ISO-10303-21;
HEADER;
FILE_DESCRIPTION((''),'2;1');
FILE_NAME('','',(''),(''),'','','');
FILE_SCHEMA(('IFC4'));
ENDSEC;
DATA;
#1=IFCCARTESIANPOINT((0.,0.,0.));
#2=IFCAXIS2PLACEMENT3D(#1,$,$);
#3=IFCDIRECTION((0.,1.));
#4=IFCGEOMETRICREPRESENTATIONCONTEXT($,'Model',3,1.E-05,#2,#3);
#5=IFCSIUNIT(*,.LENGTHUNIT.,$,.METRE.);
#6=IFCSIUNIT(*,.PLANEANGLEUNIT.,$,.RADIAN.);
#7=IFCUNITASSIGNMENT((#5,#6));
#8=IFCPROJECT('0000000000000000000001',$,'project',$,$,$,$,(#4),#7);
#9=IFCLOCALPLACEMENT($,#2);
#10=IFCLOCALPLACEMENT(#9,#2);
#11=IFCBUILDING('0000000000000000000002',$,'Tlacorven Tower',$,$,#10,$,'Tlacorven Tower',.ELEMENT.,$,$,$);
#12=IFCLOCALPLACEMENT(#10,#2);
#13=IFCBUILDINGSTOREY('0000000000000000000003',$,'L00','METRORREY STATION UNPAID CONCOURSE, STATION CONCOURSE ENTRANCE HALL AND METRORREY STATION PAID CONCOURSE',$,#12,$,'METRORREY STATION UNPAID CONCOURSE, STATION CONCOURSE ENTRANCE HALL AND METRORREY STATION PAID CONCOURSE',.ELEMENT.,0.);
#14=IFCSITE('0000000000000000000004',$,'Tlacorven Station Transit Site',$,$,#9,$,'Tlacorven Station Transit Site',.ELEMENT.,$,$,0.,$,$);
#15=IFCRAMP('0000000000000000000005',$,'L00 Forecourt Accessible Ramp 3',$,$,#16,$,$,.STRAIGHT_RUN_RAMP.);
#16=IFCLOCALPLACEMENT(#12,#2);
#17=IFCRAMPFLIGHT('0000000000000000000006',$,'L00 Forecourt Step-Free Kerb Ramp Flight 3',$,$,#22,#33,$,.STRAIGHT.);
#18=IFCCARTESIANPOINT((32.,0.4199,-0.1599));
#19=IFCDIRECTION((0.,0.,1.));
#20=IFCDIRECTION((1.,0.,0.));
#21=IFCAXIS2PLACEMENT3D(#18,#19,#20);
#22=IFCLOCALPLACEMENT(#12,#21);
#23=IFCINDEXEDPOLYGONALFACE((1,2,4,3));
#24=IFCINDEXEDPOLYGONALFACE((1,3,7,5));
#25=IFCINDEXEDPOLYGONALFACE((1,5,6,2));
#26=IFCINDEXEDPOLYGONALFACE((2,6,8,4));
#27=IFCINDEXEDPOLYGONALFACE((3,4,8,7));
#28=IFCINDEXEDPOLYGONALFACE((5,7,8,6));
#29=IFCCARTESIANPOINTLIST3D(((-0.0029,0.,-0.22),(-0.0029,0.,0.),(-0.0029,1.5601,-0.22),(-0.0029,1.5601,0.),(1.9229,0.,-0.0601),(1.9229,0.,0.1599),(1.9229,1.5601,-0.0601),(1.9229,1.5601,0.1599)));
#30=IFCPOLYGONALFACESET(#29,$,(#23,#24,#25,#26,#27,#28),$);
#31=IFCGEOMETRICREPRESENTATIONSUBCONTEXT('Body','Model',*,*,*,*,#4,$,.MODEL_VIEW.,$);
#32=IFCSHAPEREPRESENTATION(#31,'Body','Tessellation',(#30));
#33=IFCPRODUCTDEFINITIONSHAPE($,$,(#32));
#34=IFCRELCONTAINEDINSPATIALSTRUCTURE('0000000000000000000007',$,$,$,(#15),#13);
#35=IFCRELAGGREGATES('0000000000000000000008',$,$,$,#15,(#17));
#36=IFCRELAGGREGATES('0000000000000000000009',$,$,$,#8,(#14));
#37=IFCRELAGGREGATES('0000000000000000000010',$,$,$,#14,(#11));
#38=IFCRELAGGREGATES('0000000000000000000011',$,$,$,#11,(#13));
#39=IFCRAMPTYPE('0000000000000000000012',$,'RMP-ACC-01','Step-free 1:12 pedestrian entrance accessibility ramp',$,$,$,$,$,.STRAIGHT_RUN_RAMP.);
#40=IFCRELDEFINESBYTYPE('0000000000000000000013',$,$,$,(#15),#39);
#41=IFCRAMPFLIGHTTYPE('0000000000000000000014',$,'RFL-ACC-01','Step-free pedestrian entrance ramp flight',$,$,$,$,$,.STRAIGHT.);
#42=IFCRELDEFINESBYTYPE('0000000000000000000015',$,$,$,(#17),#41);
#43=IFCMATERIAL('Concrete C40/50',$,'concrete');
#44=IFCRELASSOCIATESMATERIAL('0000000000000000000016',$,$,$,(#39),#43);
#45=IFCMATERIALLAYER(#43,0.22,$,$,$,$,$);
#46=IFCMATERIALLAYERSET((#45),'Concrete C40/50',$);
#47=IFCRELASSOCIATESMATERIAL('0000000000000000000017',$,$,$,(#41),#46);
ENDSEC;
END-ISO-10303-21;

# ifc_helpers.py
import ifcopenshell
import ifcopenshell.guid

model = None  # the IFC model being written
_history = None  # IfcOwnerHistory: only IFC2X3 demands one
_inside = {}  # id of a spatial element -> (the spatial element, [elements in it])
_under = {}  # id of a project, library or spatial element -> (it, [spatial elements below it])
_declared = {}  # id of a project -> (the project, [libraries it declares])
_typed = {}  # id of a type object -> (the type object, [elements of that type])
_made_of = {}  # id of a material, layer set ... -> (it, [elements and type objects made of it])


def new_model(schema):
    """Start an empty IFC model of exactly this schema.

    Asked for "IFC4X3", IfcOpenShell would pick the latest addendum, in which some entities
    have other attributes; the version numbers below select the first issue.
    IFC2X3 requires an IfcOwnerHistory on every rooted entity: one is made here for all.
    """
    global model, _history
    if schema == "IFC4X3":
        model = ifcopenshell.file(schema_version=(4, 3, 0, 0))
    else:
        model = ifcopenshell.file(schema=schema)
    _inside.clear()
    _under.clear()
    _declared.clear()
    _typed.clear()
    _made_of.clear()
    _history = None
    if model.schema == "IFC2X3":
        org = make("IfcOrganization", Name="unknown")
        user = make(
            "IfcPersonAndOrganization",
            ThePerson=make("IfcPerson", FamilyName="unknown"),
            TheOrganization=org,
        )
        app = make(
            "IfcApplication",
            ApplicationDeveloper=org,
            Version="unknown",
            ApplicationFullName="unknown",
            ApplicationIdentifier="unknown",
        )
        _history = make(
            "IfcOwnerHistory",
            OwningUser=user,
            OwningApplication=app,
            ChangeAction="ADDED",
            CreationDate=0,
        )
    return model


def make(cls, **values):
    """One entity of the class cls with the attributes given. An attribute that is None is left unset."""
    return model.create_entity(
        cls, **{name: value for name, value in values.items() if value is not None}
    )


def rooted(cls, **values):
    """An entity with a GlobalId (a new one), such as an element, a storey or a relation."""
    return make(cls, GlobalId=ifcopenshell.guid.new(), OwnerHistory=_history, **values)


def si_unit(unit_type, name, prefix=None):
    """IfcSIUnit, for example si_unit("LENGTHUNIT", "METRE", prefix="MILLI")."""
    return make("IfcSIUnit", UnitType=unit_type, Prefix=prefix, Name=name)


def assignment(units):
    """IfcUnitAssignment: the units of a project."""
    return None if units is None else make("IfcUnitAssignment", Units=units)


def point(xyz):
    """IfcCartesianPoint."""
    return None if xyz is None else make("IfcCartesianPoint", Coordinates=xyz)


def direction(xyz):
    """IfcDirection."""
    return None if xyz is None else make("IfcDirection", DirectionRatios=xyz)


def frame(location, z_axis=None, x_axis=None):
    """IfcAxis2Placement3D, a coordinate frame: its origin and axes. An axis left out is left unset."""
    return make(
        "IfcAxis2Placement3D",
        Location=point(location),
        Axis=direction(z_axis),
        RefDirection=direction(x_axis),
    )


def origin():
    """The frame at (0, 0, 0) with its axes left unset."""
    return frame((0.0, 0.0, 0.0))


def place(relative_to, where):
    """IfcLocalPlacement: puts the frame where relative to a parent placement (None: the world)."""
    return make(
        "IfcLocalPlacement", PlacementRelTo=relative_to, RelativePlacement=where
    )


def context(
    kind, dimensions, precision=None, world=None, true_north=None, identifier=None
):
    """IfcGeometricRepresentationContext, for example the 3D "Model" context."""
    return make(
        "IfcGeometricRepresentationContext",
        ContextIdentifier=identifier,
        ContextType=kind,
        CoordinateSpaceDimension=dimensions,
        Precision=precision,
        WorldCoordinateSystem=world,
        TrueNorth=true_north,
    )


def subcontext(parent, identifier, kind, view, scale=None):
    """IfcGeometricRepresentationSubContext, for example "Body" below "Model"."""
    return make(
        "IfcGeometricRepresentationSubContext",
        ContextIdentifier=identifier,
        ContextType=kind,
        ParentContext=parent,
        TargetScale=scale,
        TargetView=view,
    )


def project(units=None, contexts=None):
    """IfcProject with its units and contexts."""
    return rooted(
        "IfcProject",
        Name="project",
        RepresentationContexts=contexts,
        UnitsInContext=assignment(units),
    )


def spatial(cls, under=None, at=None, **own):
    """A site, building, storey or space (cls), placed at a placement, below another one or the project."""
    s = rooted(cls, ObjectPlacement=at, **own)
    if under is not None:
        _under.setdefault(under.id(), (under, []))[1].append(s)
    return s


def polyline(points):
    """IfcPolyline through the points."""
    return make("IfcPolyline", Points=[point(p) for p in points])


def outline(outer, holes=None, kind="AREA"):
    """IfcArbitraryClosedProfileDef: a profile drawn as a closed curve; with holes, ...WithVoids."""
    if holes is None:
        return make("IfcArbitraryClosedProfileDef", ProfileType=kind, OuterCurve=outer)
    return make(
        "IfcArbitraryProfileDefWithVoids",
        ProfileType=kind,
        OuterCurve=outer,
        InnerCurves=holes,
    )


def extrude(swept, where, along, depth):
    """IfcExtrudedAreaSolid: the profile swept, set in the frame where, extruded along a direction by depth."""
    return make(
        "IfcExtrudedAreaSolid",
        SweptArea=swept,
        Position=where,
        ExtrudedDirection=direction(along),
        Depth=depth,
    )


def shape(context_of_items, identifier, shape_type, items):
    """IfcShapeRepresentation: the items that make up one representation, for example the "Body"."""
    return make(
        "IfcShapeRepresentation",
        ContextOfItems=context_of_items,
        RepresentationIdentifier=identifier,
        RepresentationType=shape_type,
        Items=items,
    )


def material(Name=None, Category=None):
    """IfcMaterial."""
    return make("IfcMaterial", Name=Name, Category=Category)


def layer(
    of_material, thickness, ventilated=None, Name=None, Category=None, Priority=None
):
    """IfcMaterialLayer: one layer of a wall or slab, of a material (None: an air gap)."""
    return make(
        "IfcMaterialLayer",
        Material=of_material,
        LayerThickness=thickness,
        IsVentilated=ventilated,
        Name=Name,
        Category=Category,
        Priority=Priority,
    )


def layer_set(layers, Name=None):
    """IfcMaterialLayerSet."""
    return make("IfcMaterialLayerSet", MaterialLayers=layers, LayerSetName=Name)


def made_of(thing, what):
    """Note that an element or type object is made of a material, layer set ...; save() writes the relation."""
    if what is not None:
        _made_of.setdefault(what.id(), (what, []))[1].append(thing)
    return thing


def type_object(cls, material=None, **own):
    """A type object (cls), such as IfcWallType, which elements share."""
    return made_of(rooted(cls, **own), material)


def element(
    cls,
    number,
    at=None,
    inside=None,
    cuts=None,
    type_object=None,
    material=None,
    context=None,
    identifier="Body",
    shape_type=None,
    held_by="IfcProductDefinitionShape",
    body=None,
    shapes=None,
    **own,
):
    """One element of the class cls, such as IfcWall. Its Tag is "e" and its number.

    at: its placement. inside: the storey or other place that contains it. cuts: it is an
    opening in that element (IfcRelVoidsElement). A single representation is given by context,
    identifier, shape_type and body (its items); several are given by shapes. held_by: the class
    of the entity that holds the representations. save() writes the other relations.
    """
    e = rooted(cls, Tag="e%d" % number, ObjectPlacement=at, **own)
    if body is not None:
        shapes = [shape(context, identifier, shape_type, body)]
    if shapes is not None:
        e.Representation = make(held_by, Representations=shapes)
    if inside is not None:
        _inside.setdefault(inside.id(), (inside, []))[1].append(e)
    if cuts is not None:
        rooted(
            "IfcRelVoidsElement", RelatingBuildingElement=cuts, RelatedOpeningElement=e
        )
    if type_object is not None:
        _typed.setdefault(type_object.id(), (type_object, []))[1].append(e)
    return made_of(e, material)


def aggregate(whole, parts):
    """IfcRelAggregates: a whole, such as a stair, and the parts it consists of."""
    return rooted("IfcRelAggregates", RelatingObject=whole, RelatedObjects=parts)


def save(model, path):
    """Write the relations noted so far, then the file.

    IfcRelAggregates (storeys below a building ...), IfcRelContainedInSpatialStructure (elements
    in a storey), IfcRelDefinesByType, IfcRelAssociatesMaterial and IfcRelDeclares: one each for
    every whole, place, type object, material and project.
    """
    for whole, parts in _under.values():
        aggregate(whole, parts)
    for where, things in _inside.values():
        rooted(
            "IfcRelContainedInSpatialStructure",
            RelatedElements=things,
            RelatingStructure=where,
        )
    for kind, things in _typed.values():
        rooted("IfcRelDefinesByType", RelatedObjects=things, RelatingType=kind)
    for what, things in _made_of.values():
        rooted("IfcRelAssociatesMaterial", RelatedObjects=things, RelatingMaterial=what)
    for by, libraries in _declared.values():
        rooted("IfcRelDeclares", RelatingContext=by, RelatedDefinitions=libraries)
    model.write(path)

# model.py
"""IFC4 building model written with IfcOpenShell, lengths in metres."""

from ifc_helpers import new_model, si_unit, direction, frame, origin, place, context, subcontext, project, spatial, polyline, outline, extrude, material, layer, layer_set, type_object, element, aggregate, save


model = new_model("IFC4")

# Units and contexts
model_context = context("Model", 3, precision=1e-05, world=origin(), true_north=direction((0.0, 1.0)))
body_context = subcontext(model_context, "Body", "Model", "MODEL_VIEW")
ifc_project = project(units=[si_unit("LENGTHUNIT", "METRE"), si_unit("PLANEANGLEUNIT", "RADIAN")], contexts=[model_context])

# Site, building, storey
site_placement = place(None, origin())
site = spatial("IfcSite", under=ifc_project, at=site_placement, Name="Tlacorven Station Transit Site", LongName="Tlacorven Station Transit Site", CompositionType="ELEMENT", RefElevation=0.0)
building_placement = place(site_placement, origin())
building = spatial("IfcBuilding", under=site, at=building_placement, Name="Tlacorven Tower", LongName="Tlacorven Tower", CompositionType="ELEMENT")
storey_placement = place(building_placement, origin())
storey = spatial("IfcBuildingStorey", under=building, at=storey_placement, Name="L00", Description="METRORREY STATION UNPAID CONCOURSE, STATION CONCOURSE ENTRANCE HALL AND METRORREY STATION PAID CONCOURSE", LongName="METRORREY STATION UNPAID CONCOURSE, STATION CONCOURSE ENTRANCE HALL AND METRORREY STATION PAID CONCOURSE", CompositionType="ELEMENT", Elevation=0.0)

# Shared definitions
ifc_material_1 = material(Name="Concrete C40/50", Category="concrete")

# Ramp, ramp flight
ramp_type = type_object("IfcRampType", Name="RMP-ACC-01", Description="Step-free 1:12 pedestrian entrance accessibility ramp", PredefinedType="STRAIGHT_RUN_RAMP", material=ifc_material_1)
ramp_placement = place(storey_placement, origin())
ramp = element("IfcRamp", 1, at=ramp_placement, inside=storey, type_object=ramp_type, Name="L00 Forecourt Accessible Ramp 3", PredefinedType="STRAIGHT_RUN_RAMP")
ifc_layer_1 = layer(ifc_material_1, 0.22)
ifc_layer_set_1 = layer_set([ifc_layer_1], Name="Concrete C40/50")
ramp_flight_type = type_object("IfcRampFlightType", Name="RFL-ACC-01", Description="Step-free pedestrian entrance ramp flight", PredefinedType="STRAIGHT", material=ifc_layer_set_1)
ramp_flight_placement = place(storey_placement, frame((32.0, 0.4199, -0.1599), z_axis=(0.0, 0.0, 1.0), x_axis=(1.0, 0.0, 0.0)))
ramp_flight = element("IfcRampFlight", 2, at=ramp_flight_placement, type_object=ramp_flight_type, Name="L00 Forecourt Step-Free Kerb Ramp Flight 3", PredefinedType="STRAIGHT", context=body_context, shape_type="SweptSolid", body=[
    extrude(outline(polyline([(-0.0029, -0.22), (-0.0029, 0.0), (1.9229, 0.1599), (1.9229, -0.0601), (-0.0029, -0.22)])), frame((0.0, 1.5601, 0.0), z_axis=(0.0, -1.0, 0.0), x_axis=(1.0, 0.0, 0.0)), (0.0, 0.0, 1.0), 1.5601),
])
aggregate(ramp, [ramp_flight])

save(model, "model.ifc")
